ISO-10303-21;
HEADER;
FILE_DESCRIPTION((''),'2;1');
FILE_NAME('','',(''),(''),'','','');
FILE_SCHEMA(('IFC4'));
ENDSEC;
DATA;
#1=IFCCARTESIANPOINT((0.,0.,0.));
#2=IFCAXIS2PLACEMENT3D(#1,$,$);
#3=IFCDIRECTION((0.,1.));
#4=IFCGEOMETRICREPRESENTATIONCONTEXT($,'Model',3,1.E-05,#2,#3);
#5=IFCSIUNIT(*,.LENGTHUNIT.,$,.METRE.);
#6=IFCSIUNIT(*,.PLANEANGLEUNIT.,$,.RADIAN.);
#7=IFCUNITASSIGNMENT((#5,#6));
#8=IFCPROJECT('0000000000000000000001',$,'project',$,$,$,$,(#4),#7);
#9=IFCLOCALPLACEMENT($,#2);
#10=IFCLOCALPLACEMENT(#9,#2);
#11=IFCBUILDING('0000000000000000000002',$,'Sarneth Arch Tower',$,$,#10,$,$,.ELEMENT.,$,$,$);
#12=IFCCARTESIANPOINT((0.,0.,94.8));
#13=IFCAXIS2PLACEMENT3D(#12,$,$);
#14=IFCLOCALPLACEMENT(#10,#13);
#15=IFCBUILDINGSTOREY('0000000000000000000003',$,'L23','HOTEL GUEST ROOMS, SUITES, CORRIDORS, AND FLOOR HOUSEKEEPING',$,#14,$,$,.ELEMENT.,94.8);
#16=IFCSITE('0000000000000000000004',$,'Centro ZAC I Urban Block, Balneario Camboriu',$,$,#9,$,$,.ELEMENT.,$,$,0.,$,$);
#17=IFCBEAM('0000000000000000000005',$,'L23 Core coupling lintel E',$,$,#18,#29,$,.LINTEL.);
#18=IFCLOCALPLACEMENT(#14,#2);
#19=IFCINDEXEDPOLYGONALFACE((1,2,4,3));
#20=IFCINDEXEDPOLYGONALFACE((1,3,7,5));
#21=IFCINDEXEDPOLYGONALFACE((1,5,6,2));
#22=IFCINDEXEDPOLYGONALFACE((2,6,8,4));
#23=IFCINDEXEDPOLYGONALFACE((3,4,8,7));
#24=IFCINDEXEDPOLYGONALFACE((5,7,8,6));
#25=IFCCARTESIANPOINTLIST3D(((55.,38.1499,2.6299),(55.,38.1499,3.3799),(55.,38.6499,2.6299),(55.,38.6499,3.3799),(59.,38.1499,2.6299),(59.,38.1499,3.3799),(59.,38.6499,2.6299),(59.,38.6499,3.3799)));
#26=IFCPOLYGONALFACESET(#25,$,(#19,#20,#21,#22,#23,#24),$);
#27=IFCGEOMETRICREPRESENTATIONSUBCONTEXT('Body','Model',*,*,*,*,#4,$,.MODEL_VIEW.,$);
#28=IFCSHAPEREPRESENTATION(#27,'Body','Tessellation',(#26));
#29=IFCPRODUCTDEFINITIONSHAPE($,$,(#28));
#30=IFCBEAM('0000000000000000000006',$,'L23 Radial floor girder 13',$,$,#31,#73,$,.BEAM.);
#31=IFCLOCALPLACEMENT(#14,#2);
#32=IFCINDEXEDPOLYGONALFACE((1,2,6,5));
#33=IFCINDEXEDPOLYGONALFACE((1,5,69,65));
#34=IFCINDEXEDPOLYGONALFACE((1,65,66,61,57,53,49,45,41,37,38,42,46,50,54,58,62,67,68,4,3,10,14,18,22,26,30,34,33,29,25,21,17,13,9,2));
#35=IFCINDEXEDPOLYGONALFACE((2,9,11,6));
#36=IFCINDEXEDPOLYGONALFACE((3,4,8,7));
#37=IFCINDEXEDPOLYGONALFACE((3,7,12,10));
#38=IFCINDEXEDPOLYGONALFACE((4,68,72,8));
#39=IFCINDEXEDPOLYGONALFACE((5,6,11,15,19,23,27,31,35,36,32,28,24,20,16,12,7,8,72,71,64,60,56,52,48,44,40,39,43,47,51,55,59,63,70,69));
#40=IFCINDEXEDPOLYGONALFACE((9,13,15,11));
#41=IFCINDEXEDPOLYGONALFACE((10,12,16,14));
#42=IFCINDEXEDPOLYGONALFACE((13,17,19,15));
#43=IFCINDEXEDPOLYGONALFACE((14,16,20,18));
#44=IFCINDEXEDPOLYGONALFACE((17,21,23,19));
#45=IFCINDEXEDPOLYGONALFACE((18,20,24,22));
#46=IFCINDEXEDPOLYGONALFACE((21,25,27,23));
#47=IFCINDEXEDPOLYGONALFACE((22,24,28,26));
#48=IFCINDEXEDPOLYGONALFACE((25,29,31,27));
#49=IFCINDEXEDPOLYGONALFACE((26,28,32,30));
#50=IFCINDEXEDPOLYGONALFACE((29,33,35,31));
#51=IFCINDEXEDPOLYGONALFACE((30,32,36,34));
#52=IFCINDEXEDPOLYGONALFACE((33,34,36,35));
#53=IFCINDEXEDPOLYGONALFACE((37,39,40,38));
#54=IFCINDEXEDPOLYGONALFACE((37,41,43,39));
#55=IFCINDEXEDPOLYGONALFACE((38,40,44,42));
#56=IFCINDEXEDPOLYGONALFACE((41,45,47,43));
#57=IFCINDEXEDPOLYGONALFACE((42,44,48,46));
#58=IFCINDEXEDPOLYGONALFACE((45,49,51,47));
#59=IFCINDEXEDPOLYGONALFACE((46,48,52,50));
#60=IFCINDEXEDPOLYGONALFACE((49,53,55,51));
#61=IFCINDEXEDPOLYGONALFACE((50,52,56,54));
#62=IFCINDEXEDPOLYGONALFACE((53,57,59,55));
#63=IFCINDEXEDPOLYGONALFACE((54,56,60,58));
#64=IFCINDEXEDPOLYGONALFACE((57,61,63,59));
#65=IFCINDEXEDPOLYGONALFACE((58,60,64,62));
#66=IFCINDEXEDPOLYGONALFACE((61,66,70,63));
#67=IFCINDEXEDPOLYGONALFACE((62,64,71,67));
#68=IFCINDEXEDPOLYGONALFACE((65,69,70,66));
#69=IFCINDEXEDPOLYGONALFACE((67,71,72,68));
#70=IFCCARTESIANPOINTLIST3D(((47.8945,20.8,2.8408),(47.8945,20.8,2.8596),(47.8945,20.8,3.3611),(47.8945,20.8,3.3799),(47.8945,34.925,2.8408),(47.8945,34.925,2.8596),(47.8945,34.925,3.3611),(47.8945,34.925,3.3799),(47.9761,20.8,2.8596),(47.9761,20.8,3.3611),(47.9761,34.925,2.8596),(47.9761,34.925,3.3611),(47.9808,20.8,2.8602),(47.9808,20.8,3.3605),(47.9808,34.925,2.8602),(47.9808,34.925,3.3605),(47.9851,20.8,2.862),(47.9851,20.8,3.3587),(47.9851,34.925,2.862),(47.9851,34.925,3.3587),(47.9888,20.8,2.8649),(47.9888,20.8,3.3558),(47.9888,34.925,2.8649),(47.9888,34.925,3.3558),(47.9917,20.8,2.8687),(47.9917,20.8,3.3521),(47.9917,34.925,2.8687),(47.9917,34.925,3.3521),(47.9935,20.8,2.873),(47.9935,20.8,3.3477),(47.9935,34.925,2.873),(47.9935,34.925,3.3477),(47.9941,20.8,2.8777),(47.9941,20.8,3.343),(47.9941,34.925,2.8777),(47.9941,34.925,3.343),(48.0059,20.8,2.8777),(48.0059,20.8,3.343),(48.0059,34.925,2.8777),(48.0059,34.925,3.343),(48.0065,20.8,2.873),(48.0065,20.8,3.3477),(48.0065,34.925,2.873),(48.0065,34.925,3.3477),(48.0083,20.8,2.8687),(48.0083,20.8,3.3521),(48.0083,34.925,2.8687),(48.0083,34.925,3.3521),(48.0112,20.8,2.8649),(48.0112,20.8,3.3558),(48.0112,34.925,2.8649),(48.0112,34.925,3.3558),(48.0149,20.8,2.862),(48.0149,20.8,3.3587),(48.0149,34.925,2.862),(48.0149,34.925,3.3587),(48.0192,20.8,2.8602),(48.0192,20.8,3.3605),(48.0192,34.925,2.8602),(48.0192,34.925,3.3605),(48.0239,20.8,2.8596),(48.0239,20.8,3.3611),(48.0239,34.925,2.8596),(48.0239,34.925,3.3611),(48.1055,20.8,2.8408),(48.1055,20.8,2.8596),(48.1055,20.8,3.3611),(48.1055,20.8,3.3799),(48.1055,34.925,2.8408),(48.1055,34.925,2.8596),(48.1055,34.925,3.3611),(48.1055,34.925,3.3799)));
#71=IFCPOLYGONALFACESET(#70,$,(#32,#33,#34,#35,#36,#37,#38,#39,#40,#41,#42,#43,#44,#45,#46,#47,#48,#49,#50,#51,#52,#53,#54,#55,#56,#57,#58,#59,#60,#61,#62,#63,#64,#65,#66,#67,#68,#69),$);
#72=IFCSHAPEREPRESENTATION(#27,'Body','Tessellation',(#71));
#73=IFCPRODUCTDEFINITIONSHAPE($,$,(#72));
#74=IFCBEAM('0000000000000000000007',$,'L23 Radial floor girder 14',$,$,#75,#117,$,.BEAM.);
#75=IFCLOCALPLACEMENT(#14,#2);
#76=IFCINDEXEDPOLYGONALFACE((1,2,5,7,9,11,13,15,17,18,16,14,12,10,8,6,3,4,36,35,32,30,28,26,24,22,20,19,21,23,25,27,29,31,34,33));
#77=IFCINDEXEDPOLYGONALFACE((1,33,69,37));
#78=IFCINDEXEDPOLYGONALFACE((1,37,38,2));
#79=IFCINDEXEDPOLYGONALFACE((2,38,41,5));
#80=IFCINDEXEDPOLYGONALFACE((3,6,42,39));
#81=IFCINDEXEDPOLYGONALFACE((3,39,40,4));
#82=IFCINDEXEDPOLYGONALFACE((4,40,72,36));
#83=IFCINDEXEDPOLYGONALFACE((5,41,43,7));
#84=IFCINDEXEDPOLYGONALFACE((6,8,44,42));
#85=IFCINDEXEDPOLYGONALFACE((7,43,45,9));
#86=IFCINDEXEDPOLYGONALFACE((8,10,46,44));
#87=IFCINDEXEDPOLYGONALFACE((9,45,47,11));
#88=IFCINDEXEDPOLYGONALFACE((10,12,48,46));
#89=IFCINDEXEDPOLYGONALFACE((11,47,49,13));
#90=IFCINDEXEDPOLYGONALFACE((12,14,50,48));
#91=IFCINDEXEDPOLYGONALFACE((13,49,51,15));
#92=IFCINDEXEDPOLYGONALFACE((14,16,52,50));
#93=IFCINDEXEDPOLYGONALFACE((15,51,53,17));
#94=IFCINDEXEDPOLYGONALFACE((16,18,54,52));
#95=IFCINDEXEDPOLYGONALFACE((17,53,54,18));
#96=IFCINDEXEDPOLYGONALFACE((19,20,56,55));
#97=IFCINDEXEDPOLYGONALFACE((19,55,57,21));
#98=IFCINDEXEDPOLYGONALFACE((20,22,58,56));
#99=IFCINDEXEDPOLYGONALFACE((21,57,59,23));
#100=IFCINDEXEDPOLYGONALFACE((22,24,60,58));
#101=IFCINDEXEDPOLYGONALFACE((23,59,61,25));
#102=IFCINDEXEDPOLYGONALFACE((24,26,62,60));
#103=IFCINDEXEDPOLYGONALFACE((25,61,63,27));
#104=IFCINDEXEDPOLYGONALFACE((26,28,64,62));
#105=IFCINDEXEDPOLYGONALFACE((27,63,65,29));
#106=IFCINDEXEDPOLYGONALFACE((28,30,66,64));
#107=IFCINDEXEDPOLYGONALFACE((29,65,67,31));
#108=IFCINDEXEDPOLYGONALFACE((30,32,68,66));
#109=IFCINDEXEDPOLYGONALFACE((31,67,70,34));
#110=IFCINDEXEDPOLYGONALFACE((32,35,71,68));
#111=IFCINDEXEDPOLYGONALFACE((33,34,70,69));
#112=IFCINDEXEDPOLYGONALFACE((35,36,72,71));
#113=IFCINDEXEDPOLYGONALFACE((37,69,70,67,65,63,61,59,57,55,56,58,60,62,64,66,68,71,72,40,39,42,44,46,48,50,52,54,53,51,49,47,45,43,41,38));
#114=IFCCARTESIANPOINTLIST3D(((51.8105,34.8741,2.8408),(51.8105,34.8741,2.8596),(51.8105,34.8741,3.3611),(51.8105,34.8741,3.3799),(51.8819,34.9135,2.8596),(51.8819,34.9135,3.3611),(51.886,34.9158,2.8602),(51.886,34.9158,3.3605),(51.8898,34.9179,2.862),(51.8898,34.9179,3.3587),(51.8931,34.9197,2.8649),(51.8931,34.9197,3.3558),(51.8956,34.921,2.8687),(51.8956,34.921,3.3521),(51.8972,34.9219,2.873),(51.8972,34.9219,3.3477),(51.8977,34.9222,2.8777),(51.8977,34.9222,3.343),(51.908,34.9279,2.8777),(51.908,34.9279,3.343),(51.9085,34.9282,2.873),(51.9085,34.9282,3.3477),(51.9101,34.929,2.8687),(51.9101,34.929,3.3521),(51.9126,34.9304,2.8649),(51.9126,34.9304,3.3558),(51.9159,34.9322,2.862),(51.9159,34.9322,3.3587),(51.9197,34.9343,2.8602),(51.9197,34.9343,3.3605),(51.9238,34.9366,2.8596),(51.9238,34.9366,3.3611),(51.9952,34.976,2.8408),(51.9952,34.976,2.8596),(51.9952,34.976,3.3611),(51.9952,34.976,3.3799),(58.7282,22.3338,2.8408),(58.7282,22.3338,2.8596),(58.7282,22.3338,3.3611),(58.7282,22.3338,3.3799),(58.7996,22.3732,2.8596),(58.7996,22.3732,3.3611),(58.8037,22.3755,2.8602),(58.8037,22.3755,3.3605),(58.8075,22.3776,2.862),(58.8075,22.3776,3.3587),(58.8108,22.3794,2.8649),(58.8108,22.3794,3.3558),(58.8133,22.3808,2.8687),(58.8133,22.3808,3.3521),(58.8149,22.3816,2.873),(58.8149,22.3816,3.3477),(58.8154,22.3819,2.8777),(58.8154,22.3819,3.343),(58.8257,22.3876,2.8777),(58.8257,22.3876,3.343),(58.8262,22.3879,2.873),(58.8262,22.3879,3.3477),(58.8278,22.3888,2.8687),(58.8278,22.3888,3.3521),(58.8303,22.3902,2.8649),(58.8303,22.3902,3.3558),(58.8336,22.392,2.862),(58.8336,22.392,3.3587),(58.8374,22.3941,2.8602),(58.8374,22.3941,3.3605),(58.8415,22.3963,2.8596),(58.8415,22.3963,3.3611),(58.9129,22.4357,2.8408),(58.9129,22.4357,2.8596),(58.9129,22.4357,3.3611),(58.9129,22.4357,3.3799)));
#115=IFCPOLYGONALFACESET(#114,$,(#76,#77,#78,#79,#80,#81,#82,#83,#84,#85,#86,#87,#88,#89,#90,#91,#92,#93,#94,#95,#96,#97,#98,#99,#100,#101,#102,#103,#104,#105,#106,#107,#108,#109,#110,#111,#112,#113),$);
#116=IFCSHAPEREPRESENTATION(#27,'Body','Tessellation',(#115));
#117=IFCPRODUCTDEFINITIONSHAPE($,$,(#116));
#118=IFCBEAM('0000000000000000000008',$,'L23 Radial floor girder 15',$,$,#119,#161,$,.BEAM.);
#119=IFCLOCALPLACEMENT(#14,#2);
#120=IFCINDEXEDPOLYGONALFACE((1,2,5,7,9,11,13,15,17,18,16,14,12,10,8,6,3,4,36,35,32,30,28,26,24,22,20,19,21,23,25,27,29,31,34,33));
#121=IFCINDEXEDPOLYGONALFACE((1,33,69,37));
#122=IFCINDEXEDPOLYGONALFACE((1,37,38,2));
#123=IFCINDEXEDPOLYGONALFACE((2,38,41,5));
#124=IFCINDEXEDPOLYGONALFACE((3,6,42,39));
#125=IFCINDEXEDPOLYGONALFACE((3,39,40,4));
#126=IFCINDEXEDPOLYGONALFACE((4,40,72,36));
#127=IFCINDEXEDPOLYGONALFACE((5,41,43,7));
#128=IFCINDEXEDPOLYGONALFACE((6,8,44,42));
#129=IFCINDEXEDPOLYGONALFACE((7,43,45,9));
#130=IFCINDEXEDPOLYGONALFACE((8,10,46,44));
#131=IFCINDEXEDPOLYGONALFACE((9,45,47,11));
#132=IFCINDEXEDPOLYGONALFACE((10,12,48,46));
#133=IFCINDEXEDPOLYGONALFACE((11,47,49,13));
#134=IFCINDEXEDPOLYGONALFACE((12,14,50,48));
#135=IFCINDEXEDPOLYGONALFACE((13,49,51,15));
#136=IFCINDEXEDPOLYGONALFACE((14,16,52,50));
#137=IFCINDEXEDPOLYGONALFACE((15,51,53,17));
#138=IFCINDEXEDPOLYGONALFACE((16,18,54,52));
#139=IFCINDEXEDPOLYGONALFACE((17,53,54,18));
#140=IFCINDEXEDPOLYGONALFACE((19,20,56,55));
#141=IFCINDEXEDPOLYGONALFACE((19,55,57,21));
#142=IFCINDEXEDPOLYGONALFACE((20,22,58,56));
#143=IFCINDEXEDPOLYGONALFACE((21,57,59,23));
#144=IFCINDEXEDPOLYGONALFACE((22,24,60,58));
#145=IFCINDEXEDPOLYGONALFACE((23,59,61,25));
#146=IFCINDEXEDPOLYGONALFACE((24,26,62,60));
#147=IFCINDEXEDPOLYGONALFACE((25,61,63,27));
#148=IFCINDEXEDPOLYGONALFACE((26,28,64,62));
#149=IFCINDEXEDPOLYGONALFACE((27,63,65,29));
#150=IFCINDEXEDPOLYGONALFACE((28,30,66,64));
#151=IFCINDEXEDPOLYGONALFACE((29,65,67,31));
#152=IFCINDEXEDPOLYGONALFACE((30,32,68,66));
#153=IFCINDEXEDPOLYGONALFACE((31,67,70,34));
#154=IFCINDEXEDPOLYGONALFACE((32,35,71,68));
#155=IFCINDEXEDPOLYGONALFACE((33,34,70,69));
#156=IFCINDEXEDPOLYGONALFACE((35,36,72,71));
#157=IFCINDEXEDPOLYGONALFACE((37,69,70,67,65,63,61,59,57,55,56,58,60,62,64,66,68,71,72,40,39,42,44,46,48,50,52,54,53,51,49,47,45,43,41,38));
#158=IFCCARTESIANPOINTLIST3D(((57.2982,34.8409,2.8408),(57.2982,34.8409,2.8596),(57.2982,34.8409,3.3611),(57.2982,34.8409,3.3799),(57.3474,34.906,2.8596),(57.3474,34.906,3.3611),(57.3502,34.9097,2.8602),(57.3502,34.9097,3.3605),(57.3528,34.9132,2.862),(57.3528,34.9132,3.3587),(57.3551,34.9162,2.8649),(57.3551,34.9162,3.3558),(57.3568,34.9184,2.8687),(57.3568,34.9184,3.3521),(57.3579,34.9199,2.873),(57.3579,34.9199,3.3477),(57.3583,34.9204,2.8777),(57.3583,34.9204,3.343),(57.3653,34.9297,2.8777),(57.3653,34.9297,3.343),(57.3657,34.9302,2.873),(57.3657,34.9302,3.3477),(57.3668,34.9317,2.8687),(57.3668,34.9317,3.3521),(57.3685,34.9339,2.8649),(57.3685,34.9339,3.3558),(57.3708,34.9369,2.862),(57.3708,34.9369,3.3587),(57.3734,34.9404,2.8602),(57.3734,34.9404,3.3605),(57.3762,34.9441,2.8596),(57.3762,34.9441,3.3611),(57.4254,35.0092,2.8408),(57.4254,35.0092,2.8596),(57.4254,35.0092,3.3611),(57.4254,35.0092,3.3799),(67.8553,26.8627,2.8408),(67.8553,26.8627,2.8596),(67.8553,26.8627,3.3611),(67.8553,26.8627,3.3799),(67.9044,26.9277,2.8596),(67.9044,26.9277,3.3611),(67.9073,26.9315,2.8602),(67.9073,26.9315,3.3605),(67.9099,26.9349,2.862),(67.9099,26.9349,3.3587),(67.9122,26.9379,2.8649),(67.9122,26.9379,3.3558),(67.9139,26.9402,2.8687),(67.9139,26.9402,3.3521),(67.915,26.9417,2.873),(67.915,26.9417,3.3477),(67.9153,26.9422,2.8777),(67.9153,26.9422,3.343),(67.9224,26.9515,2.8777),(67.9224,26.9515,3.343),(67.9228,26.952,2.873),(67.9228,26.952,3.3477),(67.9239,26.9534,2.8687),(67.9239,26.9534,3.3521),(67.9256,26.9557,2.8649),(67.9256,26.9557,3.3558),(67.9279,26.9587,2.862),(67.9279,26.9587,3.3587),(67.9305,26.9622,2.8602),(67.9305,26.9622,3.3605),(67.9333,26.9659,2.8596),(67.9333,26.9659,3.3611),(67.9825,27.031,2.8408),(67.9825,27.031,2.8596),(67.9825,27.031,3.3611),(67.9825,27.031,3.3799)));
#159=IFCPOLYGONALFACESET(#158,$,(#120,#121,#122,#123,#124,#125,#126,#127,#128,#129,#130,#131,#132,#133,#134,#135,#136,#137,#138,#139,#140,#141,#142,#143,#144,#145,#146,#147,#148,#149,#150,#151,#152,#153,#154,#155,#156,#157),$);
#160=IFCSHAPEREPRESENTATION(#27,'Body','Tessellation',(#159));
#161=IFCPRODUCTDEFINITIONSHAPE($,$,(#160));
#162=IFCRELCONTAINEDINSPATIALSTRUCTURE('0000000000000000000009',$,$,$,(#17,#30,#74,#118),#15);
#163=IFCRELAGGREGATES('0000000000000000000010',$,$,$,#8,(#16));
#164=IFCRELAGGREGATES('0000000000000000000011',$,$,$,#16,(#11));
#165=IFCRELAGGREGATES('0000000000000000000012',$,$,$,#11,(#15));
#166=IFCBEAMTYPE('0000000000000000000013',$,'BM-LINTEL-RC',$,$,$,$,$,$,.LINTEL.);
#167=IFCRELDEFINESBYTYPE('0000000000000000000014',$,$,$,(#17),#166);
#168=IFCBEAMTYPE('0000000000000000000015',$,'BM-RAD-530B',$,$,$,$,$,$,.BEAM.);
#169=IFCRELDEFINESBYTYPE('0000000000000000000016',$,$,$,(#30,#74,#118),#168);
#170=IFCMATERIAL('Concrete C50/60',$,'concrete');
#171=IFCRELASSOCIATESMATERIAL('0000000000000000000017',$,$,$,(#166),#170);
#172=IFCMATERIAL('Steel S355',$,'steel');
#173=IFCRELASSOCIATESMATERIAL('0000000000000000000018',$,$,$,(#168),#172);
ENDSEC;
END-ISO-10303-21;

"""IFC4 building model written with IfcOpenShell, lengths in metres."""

from ifc_helpers import new_model, si_unit, direction, frame, origin, origin_2d, place, context, subcontext, project, spatial, rectangle, i_section, extrude, material, material_profile, profile_set, type_object, element, save


model = new_model("IFC4")

# Units and contexts
model_context = context("Model", 3, precision=1e-05, world=origin(), true_north=direction((0.0, 1.0)))
body_context = subcontext(model_context, "Body", "Model", "MODEL_VIEW")
ifc_project = project(units=[si_unit("LENGTHUNIT", "METRE"), si_unit("PLANEANGLEUNIT", "RADIAN")], contexts=[model_context])

# Site, building, storey
site_placement = place(None, origin())
site = spatial("IfcSite", under=ifc_project, at=site_placement, Name="Centro ZAC I Urban Block, Balneario Camboriu", CompositionType="ELEMENT", RefElevation=0.0)
building_placement = place(site_placement, origin())
building = spatial("IfcBuilding", under=site, at=building_placement, Name="Sarneth Arch Tower", CompositionType="ELEMENT")
storey_placement = place(building_placement, frame((0.0, 0.0, 94.8)))
storey = spatial("IfcBuildingStorey", under=building, at=storey_placement, Name="L23", Description="HOTEL GUEST ROOMS, SUITES, CORRIDORS, AND FLOOR HOUSEKEEPING", CompositionType="ELEMENT", Elevation=94.8)

# Beams
ifc_material_1 = material(Name="Concrete C50/60", Category="concrete")
ifc_material_profile_1 = material_profile(ifc_material_1, rectangle(XDim=0.5, YDim=0.75, at=origin_2d()), Name="RC-500x750")
ifc_profile_set_1 = profile_set([ifc_material_profile_1], Name="Concrete C50/60")
beam_type_1 = type_object("IfcBeamType", Name="BM-LINTEL-RC", PredefinedType="LINTEL", material=ifc_profile_set_1)
beam_1_placement = place(storey_placement, frame((55.0, 38.3999, 3.0049), z_axis=(1.0, 0.0, 0.0), x_axis=(0.0, 1.0, 0.0)))
element("IfcBeam", 1, at=beam_1_placement, inside=storey, type_object=beam_type_1, Name="L23 Core coupling lintel E", PredefinedType="LINTEL", context=body_context, shape_type="SweptSolid", body=[
    extrude(rectangle(XDim=0.5, YDim=0.75, at=origin_2d()), origin(), (0.0, 0.0, 1.0), 4.0),
])
ifc_material_2 = material(Name="Steel S355", Category="steel")
ifc_material_profile_2 = material_profile(ifc_material_2, i_section(OverallWidth=0.2109, OverallDepth=0.5391, WebThickness=0.0117, FlangeThickness=0.0188, FilletRadius=0.0181, at=origin_2d()), Name="W530x109")
ifc_profile_set_2 = profile_set([ifc_material_profile_2], Name="Steel S355")
beam_type_2 = type_object("IfcBeamType", Name="BM-RAD-530B", PredefinedType="BEAM", material=ifc_profile_set_2)
beam_2_placement = place(storey_placement, frame((48.0, 34.925, 3.1104), z_axis=(0.0, -1.0, 0.0), x_axis=(1.0, 0.0, 0.0)))
element("IfcBeam", 2, at=beam_2_placement, inside=storey, type_object=beam_type_2, Name="L23 Radial floor girder 13", PredefinedType="BEAM", context=body_context, shape_type="SweptSolid", body=[
    extrude(i_section(OverallWidth=0.2109, OverallDepth=0.5391, WebThickness=0.0117, FlangeThickness=0.0188, FilletRadius=0.0181, at=origin_2d()), origin(), (0.0, 0.0, 1.0), 14.125),
])
beam_3_placement = place(storey_placement, frame((51.9028, 34.925, 3.1104), z_axis=(0.483021, -0.875609, 0.0), x_axis=(0.875609, 0.483021, 0.0)))
element("IfcBeam", 3, at=beam_3_placement, inside=storey, type_object=beam_type_2, Name="L23 Radial floor girder 14", PredefinedType="BEAM", context=body_context, shape_type="SweptSolid", body=[
    extrude(i_section(OverallWidth=0.2109, OverallDepth=0.5391, WebThickness=0.0117, FlangeThickness=0.0188, FilletRadius=0.0181, at=origin_2d()), origin(), (0.0, 0.0, 1.0), 14.3218),
])
beam_4_placement = place(storey_placement, frame((57.3618, 34.925, 3.1104), z_axis=(0.797803, -0.602918, 0.0), x_axis=(0.602918, 0.797803, 0.0)))
element("IfcBeam", 4, at=beam_4_placement, inside=storey, type_object=beam_type_2, Name="L23 Radial floor girder 15", PredefinedType="BEAM", context=body_context, shape_type="SweptSolid", body=[
    extrude(i_section(OverallWidth=0.2109, OverallDepth=0.5391, WebThickness=0.0117, FlangeThickness=0.0188, FilletRadius=0.0181, at=origin_2d()), origin(), (0.0, 0.0, 1.0), 13.2327),
])

save(model, "model.ifc")
